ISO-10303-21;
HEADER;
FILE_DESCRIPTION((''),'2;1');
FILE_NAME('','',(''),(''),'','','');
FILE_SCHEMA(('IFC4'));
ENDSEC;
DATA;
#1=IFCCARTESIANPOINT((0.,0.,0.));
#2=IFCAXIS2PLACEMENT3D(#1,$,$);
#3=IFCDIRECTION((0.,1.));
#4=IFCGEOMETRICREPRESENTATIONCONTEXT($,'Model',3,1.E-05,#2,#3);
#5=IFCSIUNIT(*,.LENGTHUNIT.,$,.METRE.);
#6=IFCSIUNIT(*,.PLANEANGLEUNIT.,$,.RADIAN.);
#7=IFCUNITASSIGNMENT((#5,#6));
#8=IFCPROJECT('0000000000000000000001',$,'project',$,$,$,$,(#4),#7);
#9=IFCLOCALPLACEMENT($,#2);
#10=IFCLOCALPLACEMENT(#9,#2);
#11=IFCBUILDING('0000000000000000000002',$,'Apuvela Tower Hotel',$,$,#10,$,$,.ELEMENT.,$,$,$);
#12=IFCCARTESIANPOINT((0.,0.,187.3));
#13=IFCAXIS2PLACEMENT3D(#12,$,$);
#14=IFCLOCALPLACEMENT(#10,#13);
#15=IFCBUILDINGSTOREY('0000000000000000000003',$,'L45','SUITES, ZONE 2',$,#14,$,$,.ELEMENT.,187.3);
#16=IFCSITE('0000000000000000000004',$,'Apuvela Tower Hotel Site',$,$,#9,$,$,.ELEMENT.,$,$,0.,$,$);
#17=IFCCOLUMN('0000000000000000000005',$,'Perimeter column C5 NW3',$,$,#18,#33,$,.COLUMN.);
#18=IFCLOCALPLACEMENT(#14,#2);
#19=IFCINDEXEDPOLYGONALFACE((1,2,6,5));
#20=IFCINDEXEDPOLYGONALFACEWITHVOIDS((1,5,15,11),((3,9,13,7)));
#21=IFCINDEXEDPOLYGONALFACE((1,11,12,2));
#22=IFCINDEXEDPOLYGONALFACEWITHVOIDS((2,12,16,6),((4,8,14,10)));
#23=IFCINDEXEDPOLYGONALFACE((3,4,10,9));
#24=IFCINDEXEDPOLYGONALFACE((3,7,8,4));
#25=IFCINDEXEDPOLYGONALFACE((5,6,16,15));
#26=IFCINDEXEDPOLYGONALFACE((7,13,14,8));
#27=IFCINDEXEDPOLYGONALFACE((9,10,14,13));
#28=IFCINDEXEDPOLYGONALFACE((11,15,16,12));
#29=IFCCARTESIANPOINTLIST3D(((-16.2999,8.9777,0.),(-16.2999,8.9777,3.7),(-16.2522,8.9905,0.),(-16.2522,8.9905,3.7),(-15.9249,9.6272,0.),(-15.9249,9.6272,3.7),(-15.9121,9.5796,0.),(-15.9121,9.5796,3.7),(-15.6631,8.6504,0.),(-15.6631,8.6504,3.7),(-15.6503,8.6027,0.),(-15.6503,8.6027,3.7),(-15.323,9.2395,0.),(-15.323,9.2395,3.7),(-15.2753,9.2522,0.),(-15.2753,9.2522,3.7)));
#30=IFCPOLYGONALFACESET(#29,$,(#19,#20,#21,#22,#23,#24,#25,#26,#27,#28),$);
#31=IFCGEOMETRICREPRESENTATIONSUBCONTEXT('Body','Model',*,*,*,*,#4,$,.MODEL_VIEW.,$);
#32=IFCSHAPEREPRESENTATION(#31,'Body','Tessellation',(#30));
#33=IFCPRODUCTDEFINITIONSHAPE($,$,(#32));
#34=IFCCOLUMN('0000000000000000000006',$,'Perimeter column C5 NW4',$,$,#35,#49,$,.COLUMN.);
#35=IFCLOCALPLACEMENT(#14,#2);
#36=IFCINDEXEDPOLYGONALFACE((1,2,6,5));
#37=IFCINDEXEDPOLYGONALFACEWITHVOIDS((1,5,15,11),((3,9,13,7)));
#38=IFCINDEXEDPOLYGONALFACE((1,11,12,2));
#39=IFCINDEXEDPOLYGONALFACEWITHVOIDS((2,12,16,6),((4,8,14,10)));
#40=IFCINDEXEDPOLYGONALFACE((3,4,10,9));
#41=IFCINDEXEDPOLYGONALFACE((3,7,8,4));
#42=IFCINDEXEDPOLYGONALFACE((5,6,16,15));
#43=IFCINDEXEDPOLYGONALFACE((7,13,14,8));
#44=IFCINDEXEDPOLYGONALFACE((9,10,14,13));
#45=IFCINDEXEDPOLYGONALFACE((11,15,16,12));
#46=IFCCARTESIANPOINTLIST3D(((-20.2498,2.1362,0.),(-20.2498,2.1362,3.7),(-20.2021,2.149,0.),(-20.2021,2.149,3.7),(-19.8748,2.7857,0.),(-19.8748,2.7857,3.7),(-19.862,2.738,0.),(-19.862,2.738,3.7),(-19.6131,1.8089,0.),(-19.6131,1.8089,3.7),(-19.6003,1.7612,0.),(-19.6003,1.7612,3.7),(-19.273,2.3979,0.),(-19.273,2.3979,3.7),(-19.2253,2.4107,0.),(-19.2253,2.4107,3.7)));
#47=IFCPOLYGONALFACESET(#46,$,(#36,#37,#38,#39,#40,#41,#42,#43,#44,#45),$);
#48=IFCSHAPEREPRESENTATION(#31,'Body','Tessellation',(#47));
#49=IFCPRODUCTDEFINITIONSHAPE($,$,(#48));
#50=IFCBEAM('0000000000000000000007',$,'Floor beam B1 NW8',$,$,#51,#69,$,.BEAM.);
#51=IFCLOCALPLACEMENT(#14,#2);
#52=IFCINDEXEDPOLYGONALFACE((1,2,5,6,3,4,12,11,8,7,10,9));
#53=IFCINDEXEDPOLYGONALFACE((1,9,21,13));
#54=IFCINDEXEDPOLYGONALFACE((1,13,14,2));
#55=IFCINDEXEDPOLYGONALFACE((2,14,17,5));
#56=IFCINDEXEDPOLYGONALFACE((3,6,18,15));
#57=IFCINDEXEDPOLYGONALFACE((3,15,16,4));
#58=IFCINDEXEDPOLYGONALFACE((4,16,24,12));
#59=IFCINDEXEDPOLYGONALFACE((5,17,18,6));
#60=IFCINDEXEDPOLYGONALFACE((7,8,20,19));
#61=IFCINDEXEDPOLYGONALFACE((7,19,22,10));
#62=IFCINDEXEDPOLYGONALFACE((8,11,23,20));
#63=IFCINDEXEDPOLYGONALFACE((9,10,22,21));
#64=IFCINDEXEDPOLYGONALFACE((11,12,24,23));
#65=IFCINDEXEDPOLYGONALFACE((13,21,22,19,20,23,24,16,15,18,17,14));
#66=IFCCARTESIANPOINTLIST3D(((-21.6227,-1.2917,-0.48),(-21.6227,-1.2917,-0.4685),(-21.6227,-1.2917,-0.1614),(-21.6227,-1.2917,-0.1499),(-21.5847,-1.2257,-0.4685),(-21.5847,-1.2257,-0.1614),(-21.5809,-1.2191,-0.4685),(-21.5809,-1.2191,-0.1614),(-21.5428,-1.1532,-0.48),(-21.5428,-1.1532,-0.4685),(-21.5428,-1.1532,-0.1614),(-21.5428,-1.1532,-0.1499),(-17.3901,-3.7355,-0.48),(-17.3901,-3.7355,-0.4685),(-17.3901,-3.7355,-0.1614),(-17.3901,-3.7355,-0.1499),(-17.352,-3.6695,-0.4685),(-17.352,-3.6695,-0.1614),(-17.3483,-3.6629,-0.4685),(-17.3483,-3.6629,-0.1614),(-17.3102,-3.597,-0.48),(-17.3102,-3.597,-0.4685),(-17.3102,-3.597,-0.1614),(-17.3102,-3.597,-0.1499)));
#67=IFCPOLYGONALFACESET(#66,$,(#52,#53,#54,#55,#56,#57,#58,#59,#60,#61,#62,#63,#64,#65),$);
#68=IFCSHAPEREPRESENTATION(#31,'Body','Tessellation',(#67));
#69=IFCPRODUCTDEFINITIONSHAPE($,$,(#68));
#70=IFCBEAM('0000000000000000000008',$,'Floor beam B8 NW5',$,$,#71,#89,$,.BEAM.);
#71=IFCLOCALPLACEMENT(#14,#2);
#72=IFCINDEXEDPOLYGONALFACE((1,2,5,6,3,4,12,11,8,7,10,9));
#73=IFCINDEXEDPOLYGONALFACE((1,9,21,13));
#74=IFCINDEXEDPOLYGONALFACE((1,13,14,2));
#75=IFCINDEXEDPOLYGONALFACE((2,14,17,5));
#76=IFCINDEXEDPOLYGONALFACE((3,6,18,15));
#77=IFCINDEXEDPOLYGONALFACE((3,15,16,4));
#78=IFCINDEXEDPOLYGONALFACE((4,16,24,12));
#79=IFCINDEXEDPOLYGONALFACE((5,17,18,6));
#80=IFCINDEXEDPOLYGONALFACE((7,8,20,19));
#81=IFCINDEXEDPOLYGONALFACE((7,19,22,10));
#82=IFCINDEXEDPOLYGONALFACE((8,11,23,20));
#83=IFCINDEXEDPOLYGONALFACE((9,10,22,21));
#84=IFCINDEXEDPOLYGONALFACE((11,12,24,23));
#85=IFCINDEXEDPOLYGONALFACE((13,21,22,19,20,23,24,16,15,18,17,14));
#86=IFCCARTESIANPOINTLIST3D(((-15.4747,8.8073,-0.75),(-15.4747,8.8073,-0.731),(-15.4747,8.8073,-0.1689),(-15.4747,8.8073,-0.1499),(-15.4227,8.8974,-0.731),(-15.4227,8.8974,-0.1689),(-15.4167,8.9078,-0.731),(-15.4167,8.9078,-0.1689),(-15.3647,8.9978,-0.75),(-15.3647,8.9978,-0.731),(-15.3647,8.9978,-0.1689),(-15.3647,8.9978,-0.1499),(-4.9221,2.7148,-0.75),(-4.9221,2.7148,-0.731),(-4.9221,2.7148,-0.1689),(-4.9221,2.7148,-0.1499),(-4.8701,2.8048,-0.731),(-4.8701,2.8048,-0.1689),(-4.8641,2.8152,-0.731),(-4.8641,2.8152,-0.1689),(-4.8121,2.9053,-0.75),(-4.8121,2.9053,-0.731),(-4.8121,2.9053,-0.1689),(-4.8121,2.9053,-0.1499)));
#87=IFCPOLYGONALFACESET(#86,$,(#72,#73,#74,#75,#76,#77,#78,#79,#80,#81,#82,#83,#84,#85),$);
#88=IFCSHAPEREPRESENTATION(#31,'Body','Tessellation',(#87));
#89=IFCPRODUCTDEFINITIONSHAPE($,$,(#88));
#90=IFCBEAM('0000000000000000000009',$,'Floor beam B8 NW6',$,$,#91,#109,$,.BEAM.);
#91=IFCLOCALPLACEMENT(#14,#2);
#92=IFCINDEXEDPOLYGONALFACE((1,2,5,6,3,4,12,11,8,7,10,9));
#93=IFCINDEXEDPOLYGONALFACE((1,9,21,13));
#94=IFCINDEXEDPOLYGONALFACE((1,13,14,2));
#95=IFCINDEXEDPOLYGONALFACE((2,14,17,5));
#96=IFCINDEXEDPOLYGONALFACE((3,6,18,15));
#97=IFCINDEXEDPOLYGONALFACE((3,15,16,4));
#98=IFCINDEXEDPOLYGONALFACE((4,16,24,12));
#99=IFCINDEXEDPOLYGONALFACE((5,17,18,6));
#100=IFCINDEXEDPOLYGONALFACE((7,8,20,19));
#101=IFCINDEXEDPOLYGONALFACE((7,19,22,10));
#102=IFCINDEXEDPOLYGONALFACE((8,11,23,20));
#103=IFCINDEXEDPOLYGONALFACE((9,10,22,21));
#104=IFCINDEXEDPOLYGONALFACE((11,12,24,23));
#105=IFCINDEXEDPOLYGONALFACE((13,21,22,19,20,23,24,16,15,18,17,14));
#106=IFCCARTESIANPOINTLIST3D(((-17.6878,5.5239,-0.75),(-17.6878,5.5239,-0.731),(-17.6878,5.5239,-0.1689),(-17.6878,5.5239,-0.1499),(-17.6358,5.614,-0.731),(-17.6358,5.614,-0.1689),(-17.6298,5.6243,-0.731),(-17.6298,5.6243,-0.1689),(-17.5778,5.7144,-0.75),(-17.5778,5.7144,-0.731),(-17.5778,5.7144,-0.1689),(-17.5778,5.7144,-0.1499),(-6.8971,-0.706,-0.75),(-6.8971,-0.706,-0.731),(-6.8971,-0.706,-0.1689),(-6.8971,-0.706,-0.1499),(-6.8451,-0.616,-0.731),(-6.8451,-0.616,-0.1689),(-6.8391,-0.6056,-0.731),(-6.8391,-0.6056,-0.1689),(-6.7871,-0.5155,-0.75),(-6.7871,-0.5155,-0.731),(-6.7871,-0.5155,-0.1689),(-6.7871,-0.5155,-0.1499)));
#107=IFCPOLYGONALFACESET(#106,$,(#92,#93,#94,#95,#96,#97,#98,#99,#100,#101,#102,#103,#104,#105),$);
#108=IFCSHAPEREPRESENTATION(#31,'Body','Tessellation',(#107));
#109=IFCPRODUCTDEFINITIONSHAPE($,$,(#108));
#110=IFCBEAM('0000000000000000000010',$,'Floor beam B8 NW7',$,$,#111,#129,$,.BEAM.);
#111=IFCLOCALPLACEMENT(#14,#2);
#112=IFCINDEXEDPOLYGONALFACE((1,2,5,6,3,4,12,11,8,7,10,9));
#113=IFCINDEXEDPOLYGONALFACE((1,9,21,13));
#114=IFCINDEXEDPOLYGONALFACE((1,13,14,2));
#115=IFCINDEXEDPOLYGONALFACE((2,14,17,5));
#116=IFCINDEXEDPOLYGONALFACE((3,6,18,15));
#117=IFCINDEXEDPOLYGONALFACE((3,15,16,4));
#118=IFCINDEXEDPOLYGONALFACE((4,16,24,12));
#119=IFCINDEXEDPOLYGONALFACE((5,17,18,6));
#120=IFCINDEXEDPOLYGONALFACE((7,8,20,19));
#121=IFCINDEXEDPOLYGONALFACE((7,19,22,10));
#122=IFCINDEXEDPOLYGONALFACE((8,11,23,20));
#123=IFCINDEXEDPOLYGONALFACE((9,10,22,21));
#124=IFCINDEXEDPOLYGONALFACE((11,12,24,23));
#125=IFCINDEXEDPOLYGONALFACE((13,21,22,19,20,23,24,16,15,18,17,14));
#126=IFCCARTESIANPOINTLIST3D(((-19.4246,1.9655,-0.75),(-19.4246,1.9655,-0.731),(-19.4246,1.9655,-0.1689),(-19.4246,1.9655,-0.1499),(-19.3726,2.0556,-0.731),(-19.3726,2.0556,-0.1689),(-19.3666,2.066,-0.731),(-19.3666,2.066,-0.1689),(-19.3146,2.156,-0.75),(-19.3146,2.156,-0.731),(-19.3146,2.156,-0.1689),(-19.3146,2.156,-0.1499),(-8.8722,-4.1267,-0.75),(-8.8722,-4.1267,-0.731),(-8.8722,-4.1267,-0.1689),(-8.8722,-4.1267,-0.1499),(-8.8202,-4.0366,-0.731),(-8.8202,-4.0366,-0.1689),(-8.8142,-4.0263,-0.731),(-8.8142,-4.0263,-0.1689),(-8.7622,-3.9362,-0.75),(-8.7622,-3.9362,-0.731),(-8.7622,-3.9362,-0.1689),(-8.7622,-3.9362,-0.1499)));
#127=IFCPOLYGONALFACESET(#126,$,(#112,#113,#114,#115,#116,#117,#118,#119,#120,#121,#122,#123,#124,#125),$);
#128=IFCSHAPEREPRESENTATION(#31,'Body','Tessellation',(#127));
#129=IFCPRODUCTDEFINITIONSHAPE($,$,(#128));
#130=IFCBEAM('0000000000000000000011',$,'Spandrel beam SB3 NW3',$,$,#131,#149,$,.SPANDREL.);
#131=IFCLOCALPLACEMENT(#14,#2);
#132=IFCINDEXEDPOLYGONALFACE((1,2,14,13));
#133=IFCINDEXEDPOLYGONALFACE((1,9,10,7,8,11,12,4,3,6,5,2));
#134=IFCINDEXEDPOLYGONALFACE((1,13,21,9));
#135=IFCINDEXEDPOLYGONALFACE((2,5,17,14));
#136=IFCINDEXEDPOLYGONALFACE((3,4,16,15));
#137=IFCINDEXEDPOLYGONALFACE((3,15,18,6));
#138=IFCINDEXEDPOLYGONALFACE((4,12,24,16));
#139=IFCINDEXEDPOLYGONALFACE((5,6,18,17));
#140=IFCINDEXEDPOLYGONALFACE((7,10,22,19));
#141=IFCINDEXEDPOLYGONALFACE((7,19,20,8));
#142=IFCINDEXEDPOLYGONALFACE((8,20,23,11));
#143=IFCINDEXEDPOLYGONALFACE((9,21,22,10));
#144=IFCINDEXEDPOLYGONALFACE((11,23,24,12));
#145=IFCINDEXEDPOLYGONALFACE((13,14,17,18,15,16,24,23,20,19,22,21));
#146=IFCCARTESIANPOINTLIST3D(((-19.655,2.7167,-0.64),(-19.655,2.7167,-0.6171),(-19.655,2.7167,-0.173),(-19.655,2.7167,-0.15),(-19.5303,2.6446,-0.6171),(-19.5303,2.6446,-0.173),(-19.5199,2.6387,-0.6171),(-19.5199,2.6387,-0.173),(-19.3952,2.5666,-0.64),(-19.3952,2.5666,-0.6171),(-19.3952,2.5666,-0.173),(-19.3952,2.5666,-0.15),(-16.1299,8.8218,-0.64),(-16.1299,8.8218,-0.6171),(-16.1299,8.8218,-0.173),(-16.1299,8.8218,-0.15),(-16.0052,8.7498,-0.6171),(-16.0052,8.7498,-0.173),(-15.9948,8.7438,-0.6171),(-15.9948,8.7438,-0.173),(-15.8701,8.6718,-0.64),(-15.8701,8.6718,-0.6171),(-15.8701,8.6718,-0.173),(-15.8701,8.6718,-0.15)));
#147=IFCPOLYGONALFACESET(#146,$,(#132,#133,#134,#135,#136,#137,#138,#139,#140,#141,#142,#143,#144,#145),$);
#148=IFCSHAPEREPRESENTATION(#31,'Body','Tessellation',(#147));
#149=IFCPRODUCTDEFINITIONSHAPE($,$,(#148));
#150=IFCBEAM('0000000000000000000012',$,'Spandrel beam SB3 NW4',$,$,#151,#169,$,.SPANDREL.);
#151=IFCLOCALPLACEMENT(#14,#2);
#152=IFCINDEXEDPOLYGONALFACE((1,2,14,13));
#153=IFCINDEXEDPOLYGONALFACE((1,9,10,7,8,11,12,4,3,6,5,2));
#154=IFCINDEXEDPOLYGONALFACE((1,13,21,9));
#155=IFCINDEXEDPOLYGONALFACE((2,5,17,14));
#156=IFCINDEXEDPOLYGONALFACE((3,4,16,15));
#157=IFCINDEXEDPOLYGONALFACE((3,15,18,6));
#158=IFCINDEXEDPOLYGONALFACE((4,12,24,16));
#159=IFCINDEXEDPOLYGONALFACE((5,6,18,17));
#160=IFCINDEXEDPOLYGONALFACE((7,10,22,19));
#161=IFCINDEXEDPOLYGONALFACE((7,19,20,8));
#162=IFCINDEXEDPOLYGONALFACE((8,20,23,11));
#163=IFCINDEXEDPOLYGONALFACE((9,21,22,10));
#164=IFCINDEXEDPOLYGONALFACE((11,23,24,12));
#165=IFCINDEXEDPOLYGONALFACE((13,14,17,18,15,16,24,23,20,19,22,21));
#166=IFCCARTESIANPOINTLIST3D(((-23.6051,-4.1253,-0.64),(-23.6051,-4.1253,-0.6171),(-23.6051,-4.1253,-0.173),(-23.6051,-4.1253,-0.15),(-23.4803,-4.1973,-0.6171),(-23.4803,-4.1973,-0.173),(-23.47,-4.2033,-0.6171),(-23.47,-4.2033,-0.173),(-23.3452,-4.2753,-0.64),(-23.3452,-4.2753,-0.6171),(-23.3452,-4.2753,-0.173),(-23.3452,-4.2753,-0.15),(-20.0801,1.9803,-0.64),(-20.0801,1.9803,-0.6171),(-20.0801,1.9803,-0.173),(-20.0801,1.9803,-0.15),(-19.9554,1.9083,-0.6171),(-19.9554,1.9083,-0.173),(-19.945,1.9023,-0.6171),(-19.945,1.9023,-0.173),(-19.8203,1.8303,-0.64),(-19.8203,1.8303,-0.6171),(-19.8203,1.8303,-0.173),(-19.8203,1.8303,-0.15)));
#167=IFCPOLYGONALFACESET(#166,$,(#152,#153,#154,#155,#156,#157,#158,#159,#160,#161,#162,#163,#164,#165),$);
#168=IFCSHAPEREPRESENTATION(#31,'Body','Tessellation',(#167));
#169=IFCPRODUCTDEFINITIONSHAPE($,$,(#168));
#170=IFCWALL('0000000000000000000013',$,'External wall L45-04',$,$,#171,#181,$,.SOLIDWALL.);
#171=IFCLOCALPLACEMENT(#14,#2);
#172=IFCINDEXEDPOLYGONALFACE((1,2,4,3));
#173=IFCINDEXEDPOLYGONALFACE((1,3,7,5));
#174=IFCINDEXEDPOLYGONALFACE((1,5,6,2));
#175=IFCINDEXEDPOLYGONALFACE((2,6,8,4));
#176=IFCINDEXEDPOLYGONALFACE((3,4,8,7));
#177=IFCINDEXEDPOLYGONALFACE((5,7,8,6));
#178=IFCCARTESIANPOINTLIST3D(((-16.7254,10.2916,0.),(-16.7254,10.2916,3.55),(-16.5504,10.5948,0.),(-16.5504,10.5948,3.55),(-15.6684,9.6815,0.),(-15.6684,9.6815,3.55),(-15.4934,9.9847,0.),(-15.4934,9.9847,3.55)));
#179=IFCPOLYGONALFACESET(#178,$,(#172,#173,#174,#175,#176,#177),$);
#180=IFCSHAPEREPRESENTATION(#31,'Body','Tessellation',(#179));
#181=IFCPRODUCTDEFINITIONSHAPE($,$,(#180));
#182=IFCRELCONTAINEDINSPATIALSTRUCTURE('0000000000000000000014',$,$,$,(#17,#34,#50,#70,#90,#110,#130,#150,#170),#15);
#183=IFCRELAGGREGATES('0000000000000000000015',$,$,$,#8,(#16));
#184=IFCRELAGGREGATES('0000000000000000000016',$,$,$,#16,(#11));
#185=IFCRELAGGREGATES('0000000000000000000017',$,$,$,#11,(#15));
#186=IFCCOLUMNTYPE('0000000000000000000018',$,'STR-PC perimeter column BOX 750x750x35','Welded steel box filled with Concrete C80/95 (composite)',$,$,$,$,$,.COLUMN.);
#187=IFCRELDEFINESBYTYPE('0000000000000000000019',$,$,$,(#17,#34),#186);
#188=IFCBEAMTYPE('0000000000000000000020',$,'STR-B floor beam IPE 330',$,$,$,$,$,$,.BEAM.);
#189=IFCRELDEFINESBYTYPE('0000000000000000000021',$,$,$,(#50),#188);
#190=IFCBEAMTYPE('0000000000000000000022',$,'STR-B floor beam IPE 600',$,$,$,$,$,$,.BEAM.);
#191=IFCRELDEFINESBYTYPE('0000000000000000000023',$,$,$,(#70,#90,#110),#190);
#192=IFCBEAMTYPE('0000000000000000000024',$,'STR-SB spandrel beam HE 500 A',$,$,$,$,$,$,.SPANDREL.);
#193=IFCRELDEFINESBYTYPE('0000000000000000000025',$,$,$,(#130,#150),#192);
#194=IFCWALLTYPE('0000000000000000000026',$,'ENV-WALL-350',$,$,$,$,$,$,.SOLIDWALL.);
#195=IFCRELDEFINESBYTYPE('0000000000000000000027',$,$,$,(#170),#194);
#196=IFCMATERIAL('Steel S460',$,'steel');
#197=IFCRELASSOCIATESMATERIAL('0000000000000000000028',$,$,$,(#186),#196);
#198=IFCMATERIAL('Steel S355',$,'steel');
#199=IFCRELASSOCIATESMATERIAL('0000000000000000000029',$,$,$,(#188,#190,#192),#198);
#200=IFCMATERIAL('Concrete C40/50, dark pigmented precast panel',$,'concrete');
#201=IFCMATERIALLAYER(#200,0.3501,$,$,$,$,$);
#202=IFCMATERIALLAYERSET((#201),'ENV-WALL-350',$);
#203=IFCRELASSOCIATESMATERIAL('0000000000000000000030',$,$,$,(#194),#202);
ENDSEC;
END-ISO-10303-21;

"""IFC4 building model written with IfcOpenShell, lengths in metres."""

from ifc_helpers import new_model, si_unit, direction, frame, frame_2d, origin, origin_2d, place, context, subcontext, project, spatial, rectangle, hollow_rectangle, i_section, extrude, material, layer, layer_set, material_profile, profile_set, type_object, element, save


model = new_model("IFC4")

# Units and contexts
model_context = context("Model", 3, precision=1e-05, world=origin(), true_north=direction((0.0, 1.0)))
body_context = subcontext(model_context, "Body", "Model", "MODEL_VIEW")
ifc_project = project(units=[si_unit("LENGTHUNIT", "METRE"), si_unit("PLANEANGLEUNIT", "RADIAN")], contexts=[model_context])

# Site, building, storey
site_placement = place(None, origin())
site = spatial("IfcSite", under=ifc_project, at=site_placement, Name="Apuvela Tower Hotel Site", CompositionType="ELEMENT", RefElevation=0.0)
building_placement = place(site_placement, origin())
building = spatial("IfcBuilding", under=site, at=building_placement, Name="Apuvela Tower Hotel", CompositionType="ELEMENT")
storey_placement = place(building_placement, frame((0.0, 0.0, 187.3)))
storey = spatial("IfcBuildingStorey", under=building, at=storey_placement, Name="L45", Description="SUITES, ZONE 2", CompositionType="ELEMENT", Elevation=187.3)

# Columns
ifc_material_1 = material(Name="Steel S460", Category="steel")
ifc_material_profile_1 = material_profile(ifc_material_1, hollow_rectangle(XDim=0.75, YDim=0.75, WallThickness=0.0349, at=origin_2d()), Name="BOX 750x750x35")
ifc_material_2 = material(Name="Concrete C80/95", Category="concrete")
ifc_material_profile_2 = material_profile(ifc_material_2, rectangle(XDim=0.6799, YDim=0.6799, at=origin_2d()), Name="Concrete C80/95 infill")
ifc_profile_set_1 = profile_set([ifc_material_profile_1, ifc_material_profile_2], Name="Steel S460")
column_type = type_object("IfcColumnType", Name="STR-PC perimeter column BOX 750x750x35", Description="Welded steel box filled with Concrete C80/95 (composite)", PredefinedType="COLUMN", material=ifc_profile_set_1)
for number, where, z_axis, x_axis, name in (
    (1, (-15.7876, 9.115, 0.0), (0.0, 0.0, 1.0), (0.5, 0.866025, 0.0), "Perimeter column C5 NW3"),
    (2, (-19.7375, 2.2734, 0.0), (0.0, 0.0, 1.0), (0.5, 0.866025, 0.0), "Perimeter column C5 NW4"),
):
    element("IfcColumn", number, at=place(storey_placement, frame(where, z_axis=z_axis, x_axis=x_axis)), inside=storey, type_object=column_type, Name=name, PredefinedType="COLUMN", context=body_context, shape_type="SweptSolid", body=[
        extrude(hollow_rectangle(XDim=0.75, YDim=0.75, WallThickness=0.0349, at=origin_2d()), origin(), (0.0, 0.0, 1.0), 3.7),
    ])

# Beams
ifc_material_3 = material(Name="Steel S355", Category="steel")
ifc_material_profile_3 = material_profile(ifc_material_3, i_section(OverallWidth=0.1599, OverallDepth=0.3301, WebThickness=0.0076, FlangeThickness=0.0115, at=origin_2d()), Name="IPE 330")
ifc_profile_set_2 = profile_set([ifc_material_profile_3], Name="Steel S355")
beam_type_1 = type_object("IfcBeamType", Name="STR-B floor beam IPE 330", PredefinedType="BEAM", material=ifc_profile_set_2)
beam_1_placement = place(storey_placement, frame((-21.5828, -1.2224, -0.3149), z_axis=(0.866015, -0.500018, 0.0), x_axis=(0.500018, 0.866015, 0.0)))
element("IfcBeam", 3, at=beam_1_placement, inside=storey, type_object=beam_type_1, Name="Floor beam B1 NW8", PredefinedType="BEAM", context=body_context, shape_type="SweptSolid", body=[
    extrude(i_section(OverallWidth=0.1599, OverallDepth=0.3301, WebThickness=0.0076, FlangeThickness=0.0115, at=origin_2d()), origin(), (0.0, 0.0, 1.0), 4.8875),
])
ifc_material_profile_4 = material_profile(ifc_material_3, i_section(OverallWidth=0.22, OverallDepth=0.6001, WebThickness=0.012, FlangeThickness=0.019, at=origin_2d()), Name="IPE 600")
ifc_profile_set_3 = profile_set([ifc_material_profile_4], Name="Steel S355")
beam_type_2 = type_object("IfcBeamType", Name="STR-B floor beam IPE 600", PredefinedType="BEAM", material=ifc_profile_set_3)
beam_2_placement = place(storey_placement, frame((-15.4197, 8.9026, -0.45), z_axis=(0.866024, -0.500003, 0.0), x_axis=(0.500003, 0.866024, 0.0)))
element("IfcBeam", 4, at=beam_2_placement, inside=storey, type_object=beam_type_2, Name="Floor beam B8 NW5", PredefinedType="BEAM", context=body_context, shape_type="SweptSolid", body=[
    extrude(i_section(OverallWidth=0.22, OverallDepth=0.6001, WebThickness=0.012, FlangeThickness=0.019, at=origin_2d()), origin(), (0.0, 0.0, 1.0), 12.1851),
])
beam_3_placement = place(storey_placement, frame((-17.6328, 5.6191, -0.45), z_axis=(0.866028, -0.499996, 0.0), x_axis=(0.499996, 0.866028, 0.0)))
element("IfcBeam", 5, at=beam_3_placement, inside=storey, type_object=beam_type_2, Name="Floor beam B8 NW6", PredefinedType="BEAM", context=body_context, shape_type="SweptSolid", body=[
    extrude(i_section(OverallWidth=0.22, OverallDepth=0.6001, WebThickness=0.012, FlangeThickness=0.019, at=origin_2d()), origin(), (0.0, 0.0, 1.0), 12.46),
])
beam_4_placement = place(storey_placement, frame((-19.3696, 2.0608, -0.45), z_axis=(0.866032, -0.499988, 0.0), x_axis=(0.499988, 0.866032, 0.0)))
element("IfcBeam", 6, at=beam_4_placement, inside=storey, type_object=beam_type_2, Name="Floor beam B8 NW7", PredefinedType="BEAM", context=body_context, shape_type="SweptSolid", body=[
    extrude(i_section(OverallWidth=0.22, OverallDepth=0.6001, WebThickness=0.012, FlangeThickness=0.019, at=origin_2d()), origin(), (0.0, 0.0, 1.0), 12.1848),
])
ifc_material_profile_5 = material_profile(ifc_material_3, i_section(OverallWidth=0.3, OverallDepth=0.49, WebThickness=0.012, FlangeThickness=0.0229, at=origin_2d()), Name="HE 500 A")
ifc_profile_set_4 = profile_set([ifc_material_profile_5], Name="Steel S355")
beam_type_3 = type_object("IfcBeamType", Name="STR-SB spandrel beam HE 500 A", PredefinedType="SPANDREL", material=ifc_profile_set_4)
beam_5_placement = place(storey_placement, frame((-16.0, 8.7468, -0.395), z_axis=(-0.500031, -0.866007, 0.0), x_axis=(0.866007, -0.500031, 0.0)))
element("IfcBeam", 7, at=beam_5_placement, inside=storey, type_object=beam_type_3, Name="Spandrel beam SB3 NW3", PredefinedType="SPANDREL", context=body_context, shape_type="SweptSolid", body=[
    extrude(i_section(OverallWidth=0.3, OverallDepth=0.49, WebThickness=0.012, FlangeThickness=0.0229, at=origin_2d()), origin(), (0.0, 0.0, 1.0), 7.0498),
])
beam_6_placement = place(storey_placement, frame((-19.9502, 1.9053, -0.395), z_axis=(-0.49999, -0.866031, 0.0), x_axis=(0.866031, -0.49999, 0.0)))
element("IfcBeam", 8, at=beam_6_placement, inside=storey, type_object=beam_type_3, Name="Spandrel beam SB3 NW4", PredefinedType="SPANDREL", context=body_context, shape_type="SweptSolid", body=[
    extrude(i_section(OverallWidth=0.3, OverallDepth=0.49, WebThickness=0.012, FlangeThickness=0.0229, at=origin_2d()), origin(), (0.0, 0.0, 1.0), 7.05),
])

# Wall
ifc_material_4 = material(Name="Concrete C40/50, dark pigmented precast panel", Category="concrete")
ifc_layer_1 = layer(ifc_material_4, 0.3501)
ifc_layer_set_1 = layer_set([ifc_layer_1], Name="ENV-WALL-350")
wall_type_1 = type_object("IfcWallType", Name="ENV-WALL-350", PredefinedType="SOLIDWALL", material=ifc_layer_set_1)
wall_1_placement = place(storey_placement, frame((-15.5808, 9.833, 0.0), z_axis=(0.0, 0.0, 1.0), x_axis=(-0.866056, 0.499948, 0.0)))
element("IfcWall", 9, at=wall_1_placement, inside=storey, type_object=wall_type_1, Name="External wall L45-04", PredefinedType="SOLIDWALL", context=body_context, shape_type="SweptSolid", body=[
    extrude(rectangle(XDim=1.2205, YDim=0.3501, at=frame_2d((0.6104, 0.0))), origin(), (0.0, 0.0, 1.0), 3.55),
])

save(model, "model.ifc")
